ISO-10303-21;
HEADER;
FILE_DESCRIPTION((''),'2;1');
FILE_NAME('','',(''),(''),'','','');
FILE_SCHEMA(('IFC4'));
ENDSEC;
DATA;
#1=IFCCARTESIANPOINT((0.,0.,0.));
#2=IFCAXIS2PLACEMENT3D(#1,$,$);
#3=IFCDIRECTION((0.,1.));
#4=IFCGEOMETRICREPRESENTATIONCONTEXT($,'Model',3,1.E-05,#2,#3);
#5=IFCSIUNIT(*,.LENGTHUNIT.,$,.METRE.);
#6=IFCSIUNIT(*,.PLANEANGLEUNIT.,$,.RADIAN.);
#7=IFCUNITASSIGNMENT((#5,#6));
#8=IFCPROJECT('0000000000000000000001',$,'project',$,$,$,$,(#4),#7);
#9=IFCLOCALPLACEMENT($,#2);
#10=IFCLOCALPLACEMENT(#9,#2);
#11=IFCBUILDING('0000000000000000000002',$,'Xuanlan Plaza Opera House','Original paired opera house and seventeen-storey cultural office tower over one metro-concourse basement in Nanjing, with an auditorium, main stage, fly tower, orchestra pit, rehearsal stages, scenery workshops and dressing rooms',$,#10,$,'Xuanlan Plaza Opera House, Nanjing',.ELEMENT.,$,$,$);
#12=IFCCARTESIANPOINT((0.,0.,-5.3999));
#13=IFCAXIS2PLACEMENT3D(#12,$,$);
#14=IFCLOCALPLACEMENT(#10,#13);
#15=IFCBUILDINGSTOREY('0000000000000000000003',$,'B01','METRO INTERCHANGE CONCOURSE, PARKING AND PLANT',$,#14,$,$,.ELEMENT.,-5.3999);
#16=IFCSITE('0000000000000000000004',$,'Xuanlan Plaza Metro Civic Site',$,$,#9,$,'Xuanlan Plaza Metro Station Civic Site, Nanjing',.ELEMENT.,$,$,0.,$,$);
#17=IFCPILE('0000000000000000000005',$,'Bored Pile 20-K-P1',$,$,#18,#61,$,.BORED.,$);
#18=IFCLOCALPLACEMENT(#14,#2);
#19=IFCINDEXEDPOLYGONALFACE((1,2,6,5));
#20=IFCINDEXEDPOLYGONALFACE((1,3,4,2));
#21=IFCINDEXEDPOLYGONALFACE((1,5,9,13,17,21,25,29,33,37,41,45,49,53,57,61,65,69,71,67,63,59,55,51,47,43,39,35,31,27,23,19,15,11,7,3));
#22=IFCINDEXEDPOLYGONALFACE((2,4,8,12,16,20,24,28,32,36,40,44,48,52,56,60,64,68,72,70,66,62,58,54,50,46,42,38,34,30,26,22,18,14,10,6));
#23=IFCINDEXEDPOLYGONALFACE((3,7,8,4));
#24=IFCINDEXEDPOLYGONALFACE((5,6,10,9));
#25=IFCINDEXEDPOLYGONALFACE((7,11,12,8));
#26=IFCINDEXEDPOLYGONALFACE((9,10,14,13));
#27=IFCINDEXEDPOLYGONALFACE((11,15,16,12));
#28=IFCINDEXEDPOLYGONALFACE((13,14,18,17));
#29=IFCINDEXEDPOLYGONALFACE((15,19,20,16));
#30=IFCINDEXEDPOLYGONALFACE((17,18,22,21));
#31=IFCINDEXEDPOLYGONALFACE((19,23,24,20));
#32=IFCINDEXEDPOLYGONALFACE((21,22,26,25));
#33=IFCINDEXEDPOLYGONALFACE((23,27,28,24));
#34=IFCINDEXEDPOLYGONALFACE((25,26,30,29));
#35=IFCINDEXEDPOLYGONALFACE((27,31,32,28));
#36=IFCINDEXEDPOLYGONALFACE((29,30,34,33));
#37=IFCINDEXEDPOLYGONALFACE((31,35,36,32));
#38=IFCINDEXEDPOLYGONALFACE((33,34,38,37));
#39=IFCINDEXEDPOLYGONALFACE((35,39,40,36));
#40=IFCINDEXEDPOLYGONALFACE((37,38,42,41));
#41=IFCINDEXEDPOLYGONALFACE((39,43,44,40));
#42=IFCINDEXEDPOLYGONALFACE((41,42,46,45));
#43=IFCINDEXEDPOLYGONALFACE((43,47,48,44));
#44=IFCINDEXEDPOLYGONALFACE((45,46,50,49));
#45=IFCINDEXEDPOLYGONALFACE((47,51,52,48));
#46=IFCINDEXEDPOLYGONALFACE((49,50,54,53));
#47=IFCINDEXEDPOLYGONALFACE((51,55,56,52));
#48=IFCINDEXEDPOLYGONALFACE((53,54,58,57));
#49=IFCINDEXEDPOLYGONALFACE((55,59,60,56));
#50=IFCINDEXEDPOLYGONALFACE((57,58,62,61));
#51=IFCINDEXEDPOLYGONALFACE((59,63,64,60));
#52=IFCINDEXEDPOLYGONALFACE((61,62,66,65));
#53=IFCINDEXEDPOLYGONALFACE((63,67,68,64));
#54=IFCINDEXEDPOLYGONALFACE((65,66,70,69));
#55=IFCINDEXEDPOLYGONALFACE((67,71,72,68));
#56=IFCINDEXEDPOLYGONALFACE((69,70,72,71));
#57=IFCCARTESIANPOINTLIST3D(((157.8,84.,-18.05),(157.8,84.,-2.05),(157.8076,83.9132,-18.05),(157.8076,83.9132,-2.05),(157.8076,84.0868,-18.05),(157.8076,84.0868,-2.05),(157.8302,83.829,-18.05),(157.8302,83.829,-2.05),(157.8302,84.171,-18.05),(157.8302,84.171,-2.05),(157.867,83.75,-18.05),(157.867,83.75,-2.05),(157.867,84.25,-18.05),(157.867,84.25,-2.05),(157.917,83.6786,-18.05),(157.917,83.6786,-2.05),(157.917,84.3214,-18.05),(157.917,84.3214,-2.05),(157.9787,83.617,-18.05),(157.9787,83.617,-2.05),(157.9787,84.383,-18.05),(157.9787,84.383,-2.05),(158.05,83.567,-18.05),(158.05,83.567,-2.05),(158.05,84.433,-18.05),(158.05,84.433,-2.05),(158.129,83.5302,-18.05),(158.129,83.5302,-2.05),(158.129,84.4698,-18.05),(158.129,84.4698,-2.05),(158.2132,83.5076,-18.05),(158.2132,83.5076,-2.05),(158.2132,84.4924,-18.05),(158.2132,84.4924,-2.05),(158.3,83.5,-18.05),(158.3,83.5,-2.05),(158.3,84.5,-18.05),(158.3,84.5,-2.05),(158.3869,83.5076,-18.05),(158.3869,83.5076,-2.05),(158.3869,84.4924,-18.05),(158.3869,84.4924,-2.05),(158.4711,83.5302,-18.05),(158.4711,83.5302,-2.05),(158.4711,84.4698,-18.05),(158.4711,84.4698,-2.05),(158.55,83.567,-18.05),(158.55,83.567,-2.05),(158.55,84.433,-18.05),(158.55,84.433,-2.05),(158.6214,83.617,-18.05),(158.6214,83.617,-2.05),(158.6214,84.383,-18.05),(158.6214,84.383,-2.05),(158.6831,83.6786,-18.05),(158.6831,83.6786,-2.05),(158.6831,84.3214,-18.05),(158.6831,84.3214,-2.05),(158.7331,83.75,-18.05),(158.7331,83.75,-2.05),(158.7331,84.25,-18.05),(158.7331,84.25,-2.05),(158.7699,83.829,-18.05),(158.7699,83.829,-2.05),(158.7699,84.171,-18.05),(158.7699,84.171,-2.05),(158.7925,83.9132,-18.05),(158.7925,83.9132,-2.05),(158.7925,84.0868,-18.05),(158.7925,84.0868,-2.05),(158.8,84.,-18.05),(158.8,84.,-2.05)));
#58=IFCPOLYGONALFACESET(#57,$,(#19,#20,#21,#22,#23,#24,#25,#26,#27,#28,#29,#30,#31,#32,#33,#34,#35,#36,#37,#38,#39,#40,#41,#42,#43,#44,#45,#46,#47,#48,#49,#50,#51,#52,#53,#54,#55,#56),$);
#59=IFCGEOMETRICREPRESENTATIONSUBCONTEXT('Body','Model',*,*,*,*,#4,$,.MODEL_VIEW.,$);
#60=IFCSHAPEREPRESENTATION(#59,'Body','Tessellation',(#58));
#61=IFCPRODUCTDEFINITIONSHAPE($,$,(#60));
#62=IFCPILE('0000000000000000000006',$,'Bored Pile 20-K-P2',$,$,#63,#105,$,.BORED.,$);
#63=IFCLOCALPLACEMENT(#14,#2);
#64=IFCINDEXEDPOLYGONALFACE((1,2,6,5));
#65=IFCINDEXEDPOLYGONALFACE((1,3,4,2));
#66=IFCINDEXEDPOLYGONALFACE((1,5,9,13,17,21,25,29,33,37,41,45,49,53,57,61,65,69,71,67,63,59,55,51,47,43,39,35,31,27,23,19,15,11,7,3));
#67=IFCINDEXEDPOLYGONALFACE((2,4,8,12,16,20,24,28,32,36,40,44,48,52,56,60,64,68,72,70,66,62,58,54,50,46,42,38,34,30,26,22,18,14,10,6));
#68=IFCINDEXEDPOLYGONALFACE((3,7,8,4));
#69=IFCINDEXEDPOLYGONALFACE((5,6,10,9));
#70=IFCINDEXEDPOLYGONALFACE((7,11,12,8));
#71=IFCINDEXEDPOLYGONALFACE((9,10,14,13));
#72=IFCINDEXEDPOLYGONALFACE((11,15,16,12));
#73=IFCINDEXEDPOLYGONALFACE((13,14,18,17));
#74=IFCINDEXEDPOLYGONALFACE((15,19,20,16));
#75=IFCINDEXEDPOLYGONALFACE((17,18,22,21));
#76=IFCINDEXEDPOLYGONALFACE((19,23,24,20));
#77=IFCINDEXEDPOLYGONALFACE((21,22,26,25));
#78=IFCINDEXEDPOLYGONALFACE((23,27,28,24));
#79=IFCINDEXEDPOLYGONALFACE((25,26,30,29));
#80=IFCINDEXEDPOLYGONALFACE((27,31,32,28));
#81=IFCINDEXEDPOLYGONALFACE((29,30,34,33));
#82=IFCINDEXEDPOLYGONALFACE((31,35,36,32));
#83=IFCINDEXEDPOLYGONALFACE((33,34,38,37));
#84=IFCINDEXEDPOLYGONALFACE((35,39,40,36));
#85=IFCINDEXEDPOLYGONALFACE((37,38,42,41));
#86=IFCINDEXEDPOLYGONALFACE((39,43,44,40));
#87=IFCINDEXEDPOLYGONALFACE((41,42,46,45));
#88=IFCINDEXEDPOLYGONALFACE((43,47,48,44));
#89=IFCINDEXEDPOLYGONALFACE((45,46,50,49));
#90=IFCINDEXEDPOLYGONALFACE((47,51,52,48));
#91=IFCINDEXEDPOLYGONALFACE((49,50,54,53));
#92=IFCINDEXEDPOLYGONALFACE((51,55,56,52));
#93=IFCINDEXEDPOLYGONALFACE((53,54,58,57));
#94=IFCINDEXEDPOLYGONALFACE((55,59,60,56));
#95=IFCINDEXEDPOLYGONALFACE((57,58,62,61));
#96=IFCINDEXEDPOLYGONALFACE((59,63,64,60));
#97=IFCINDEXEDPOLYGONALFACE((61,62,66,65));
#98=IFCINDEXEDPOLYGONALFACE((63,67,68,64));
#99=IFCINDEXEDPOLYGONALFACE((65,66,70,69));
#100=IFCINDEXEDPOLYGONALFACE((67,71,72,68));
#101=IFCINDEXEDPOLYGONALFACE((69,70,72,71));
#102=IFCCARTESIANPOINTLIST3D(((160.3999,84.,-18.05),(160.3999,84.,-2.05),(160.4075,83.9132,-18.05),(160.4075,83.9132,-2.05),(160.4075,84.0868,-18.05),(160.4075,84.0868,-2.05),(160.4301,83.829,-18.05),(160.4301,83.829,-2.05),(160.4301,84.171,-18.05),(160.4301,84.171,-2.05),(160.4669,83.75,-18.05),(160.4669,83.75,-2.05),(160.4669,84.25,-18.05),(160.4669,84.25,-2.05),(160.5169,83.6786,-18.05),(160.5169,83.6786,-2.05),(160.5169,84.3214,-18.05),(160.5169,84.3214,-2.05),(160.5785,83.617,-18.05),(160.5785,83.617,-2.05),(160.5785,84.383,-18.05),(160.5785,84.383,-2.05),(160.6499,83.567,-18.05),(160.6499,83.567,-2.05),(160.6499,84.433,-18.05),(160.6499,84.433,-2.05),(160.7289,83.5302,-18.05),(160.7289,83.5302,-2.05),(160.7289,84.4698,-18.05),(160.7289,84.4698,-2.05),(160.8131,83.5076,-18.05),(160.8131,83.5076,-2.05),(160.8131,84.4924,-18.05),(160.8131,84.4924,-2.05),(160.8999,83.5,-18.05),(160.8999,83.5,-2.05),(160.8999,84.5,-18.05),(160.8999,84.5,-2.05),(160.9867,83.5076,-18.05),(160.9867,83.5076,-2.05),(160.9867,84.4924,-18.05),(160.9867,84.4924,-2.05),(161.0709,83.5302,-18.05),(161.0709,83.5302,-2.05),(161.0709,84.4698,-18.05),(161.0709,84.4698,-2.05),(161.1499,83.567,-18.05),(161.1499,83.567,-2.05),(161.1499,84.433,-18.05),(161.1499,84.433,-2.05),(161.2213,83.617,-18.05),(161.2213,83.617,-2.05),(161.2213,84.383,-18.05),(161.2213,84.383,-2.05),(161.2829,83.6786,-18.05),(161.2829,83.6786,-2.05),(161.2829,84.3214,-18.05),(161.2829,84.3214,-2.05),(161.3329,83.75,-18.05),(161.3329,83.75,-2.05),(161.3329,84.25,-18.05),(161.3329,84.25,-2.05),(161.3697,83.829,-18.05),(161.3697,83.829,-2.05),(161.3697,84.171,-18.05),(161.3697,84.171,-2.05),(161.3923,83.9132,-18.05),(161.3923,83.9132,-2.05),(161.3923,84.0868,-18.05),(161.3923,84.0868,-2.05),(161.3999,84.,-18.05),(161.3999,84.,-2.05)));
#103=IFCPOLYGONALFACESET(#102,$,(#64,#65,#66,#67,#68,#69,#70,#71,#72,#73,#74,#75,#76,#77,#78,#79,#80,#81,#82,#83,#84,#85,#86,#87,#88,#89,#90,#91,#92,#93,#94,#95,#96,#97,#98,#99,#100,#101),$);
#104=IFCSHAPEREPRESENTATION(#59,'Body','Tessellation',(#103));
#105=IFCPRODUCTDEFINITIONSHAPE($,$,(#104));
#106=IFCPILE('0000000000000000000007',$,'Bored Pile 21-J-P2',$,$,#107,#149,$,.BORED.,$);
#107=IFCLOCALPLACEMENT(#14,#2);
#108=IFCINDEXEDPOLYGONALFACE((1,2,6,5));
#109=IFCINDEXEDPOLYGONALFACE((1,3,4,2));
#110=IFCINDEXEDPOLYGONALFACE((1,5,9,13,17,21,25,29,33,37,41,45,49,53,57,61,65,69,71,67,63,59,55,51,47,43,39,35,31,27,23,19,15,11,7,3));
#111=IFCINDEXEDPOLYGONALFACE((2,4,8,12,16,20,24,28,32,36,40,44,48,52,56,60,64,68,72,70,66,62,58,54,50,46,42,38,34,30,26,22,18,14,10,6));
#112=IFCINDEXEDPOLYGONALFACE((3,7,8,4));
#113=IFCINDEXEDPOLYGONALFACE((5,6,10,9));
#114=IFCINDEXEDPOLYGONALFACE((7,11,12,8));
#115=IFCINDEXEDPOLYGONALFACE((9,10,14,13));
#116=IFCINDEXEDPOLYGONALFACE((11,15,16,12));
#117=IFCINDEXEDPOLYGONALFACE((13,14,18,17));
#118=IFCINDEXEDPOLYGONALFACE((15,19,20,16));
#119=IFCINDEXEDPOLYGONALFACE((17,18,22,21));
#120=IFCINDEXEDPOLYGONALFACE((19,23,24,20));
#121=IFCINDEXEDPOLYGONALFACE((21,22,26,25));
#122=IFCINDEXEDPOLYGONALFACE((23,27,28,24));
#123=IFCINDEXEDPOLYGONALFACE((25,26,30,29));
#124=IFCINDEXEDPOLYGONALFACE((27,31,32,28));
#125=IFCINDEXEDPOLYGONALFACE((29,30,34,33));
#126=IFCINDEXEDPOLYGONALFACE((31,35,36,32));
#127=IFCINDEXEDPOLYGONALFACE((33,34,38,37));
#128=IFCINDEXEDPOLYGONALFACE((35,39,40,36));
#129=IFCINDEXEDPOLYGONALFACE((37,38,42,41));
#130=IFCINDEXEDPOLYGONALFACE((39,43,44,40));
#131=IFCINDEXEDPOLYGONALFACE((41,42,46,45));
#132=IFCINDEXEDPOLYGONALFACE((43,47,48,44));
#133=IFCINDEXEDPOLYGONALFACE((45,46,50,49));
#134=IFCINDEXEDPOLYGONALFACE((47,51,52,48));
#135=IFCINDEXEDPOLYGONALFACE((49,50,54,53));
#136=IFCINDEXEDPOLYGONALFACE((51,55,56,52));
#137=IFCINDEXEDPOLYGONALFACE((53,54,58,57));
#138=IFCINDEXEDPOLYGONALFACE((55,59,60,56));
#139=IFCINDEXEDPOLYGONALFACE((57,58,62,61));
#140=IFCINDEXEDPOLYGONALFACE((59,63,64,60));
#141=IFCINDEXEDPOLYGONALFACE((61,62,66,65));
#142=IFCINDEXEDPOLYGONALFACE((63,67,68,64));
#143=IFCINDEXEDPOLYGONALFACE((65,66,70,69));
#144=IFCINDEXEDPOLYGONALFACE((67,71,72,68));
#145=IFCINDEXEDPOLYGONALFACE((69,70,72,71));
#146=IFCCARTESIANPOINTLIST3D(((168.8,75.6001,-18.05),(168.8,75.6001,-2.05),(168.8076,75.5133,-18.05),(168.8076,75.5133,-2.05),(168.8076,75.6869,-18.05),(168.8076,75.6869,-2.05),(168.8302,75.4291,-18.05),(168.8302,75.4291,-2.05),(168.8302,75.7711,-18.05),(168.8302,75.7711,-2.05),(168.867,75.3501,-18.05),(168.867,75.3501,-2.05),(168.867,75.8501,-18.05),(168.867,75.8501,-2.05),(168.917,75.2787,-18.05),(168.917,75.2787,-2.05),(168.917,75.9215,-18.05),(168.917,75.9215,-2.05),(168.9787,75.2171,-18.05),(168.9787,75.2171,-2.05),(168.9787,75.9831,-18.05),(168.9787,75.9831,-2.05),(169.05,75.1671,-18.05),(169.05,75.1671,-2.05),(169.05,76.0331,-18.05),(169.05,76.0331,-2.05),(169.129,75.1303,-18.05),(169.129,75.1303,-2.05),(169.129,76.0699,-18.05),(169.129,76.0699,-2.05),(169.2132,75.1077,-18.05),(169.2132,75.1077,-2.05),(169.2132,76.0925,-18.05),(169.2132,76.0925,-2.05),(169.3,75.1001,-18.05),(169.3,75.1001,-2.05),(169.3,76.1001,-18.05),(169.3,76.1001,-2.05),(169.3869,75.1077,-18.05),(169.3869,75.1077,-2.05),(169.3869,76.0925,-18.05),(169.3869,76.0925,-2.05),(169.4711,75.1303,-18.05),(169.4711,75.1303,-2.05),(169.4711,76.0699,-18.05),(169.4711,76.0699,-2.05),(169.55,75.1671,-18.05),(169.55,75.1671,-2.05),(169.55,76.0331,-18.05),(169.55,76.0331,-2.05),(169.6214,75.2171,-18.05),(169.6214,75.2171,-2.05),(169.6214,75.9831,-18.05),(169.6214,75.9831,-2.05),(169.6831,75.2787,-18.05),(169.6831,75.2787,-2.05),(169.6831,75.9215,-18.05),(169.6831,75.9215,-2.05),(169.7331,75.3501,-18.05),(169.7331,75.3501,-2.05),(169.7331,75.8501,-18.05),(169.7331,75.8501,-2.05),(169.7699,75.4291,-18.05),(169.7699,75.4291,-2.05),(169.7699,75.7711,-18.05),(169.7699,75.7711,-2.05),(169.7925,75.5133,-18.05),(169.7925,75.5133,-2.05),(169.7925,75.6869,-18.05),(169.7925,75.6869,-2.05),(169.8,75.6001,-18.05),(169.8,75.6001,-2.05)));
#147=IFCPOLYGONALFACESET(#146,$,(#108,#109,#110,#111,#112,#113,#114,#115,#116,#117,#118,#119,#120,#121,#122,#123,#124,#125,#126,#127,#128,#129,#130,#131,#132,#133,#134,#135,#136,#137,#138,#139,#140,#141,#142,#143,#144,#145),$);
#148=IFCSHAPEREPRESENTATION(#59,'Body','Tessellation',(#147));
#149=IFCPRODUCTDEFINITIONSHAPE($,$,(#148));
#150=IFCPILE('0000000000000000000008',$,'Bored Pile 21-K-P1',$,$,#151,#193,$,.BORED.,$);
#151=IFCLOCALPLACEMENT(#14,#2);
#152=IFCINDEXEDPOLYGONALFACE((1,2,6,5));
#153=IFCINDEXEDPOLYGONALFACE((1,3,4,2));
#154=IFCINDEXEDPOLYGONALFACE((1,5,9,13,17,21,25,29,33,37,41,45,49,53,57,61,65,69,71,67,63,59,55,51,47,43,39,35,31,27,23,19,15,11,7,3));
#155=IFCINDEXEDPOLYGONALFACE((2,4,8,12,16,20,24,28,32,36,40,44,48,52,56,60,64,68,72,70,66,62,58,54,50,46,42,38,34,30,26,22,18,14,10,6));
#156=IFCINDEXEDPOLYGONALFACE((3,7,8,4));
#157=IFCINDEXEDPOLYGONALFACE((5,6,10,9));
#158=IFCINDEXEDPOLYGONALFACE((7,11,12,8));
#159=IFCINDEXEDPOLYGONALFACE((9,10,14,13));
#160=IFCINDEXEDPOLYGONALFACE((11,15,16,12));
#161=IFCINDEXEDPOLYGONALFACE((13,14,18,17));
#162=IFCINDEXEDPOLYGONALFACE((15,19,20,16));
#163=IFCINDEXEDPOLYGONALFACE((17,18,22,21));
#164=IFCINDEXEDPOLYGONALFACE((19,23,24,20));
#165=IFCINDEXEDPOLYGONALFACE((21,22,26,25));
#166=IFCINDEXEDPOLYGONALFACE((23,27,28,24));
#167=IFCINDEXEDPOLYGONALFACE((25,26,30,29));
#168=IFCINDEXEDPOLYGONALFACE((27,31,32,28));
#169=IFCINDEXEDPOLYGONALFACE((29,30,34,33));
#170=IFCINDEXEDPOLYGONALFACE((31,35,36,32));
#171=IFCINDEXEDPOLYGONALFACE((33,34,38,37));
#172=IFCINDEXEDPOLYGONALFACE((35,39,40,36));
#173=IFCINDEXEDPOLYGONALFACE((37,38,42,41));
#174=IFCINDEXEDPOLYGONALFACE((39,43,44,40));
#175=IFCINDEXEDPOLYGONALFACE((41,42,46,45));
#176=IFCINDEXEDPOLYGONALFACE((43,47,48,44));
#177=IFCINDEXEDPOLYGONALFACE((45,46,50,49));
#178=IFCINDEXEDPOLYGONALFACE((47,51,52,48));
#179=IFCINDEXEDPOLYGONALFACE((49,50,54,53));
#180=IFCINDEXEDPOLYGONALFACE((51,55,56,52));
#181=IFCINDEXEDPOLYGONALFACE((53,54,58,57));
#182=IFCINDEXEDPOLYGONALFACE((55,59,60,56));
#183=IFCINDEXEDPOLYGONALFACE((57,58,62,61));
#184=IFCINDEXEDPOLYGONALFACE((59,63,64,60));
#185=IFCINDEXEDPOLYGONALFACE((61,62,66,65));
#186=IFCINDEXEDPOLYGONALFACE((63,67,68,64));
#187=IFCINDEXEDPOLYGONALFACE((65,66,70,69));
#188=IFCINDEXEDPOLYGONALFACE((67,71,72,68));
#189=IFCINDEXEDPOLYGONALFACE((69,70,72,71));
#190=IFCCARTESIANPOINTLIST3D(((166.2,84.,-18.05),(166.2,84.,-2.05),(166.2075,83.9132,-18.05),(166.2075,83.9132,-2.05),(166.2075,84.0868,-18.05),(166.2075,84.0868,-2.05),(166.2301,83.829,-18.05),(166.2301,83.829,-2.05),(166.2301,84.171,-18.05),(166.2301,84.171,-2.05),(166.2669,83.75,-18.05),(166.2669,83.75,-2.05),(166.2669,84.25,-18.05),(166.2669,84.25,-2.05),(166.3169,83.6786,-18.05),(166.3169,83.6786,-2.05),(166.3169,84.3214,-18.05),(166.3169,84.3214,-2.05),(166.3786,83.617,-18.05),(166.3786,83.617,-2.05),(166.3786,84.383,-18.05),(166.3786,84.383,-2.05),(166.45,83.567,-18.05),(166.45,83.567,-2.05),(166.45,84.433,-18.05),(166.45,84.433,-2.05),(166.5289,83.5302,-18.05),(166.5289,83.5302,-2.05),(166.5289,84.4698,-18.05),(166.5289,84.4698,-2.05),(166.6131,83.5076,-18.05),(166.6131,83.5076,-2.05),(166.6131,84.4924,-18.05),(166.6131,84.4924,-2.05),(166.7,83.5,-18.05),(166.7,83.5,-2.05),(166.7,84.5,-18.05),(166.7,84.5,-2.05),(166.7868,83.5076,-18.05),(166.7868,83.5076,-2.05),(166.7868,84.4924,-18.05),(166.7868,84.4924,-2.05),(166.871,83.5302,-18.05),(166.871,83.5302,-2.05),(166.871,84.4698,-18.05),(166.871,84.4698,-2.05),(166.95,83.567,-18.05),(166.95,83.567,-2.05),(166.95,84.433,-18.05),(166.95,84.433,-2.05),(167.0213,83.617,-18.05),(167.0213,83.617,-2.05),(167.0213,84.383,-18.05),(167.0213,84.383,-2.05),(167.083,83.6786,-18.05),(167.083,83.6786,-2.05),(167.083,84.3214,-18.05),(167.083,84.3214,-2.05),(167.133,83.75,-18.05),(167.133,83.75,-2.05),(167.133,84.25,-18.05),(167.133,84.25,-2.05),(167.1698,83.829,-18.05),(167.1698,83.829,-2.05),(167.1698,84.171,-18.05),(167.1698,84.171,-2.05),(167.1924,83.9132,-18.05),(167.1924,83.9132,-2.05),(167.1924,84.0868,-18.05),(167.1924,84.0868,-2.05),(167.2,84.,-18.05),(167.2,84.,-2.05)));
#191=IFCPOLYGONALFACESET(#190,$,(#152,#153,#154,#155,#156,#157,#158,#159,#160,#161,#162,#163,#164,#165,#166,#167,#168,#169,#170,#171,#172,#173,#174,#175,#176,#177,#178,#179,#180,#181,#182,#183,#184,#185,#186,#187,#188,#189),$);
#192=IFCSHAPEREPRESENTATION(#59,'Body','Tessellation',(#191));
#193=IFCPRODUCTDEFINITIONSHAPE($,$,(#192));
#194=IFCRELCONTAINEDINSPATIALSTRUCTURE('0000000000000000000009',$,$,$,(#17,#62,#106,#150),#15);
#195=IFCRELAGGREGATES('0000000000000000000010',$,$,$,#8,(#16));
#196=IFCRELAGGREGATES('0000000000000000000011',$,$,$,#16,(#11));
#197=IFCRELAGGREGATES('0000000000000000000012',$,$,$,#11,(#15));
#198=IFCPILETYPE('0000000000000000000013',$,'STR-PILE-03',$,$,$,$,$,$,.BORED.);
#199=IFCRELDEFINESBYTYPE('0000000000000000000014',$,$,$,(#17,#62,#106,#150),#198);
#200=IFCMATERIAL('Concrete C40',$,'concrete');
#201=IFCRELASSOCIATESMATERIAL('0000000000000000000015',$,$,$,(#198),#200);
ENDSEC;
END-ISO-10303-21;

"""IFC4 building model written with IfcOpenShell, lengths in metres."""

from ifc_helpers import new_model, si_unit, direction, frame, origin, origin_2d, place, context, subcontext, project, spatial, circle, extrude, material, material_profile, profile_set, type_object, element, save


model = new_model("IFC4")

# Units and contexts
model_context = context("Model", 3, precision=1e-05, world=origin(), true_north=direction((0.0, 1.0)))
body_context = subcontext(model_context, "Body", "Model", "MODEL_VIEW")
ifc_project = project(units=[si_unit("LENGTHUNIT", "METRE"), si_unit("PLANEANGLEUNIT", "RADIAN")], contexts=[model_context])

# Site, building, storey
site_placement = place(None, origin())
site = spatial("IfcSite", under=ifc_project, at=site_placement, Name="Xuanlan Plaza Metro Civic Site", LongName="Xuanlan Plaza Metro Station Civic Site, Nanjing", CompositionType="ELEMENT", RefElevation=0.0)
building_placement = place(site_placement, origin())
building = spatial("IfcBuilding", under=site, at=building_placement, Name="Xuanlan Plaza Opera House", Description="Original paired opera house and seventeen-storey cultural office tower over one metro-concourse basement in Nanjing, with an auditorium, main stage, fly tower, orchestra pit, rehearsal stages, scenery workshops and dressing rooms", LongName="Xuanlan Plaza Opera House, Nanjing", CompositionType="ELEMENT")
storey_placement = place(building_placement, frame((0.0, 0.0, -5.3999)))
storey = spatial("IfcBuildingStorey", under=building, at=storey_placement, Name="B01", Description="METRO INTERCHANGE CONCOURSE, PARKING AND PLANT", CompositionType="ELEMENT", Elevation=-5.3999)

# Shared definitions
ifc_material_1 = material(Name="Concrete C40", Category="concrete")

# Piles
ifc_material_profile_1 = material_profile(ifc_material_1, circle(Radius=0.5, at=origin_2d()), Name="PILE D1000")
ifc_profile_set_1 = profile_set([ifc_material_profile_1], Name="Concrete C40")
pile_type_1 = type_object("IfcPileType", Name="STR-PILE-03", PredefinedType="BORED", material=ifc_profile_set_1)
for number, where, z_axis, x_axis, name in (
    (1, (158.3, 84.0, -2.05), (0.0, 0.0, -1.0), (1.0, 0.0, 0.0), "Bored Pile 20-K-P1"),
    (2, (160.8999, 84.0, -2.05), (0.0, 0.0, -1.0), (1.0, 0.0, 0.0), "Bored Pile 20-K-P2"),
    (3, (169.3, 75.6001, -2.05), (0.0, 0.0, -1.0), (1.0, 0.0, 0.0), "Bored Pile 21-J-P2"),
    (4, (166.7, 84.0, -2.05), (0.0, 0.0, -1.0), (1.0, 0.0, 0.0), "Bored Pile 21-K-P1"),
):
    element("IfcPile", number, at=place(storey_placement, frame(where, z_axis=z_axis, x_axis=x_axis)), inside=storey, type_object=pile_type_1, Name=name, PredefinedType="BORED", context=body_context, shape_type="SweptSolid", body=[
        extrude(circle(Radius=0.5, at=origin_2d()), origin(), (0.0, 0.0, 1.0), 16.0),
    ])

save(model, "model.ifc")
